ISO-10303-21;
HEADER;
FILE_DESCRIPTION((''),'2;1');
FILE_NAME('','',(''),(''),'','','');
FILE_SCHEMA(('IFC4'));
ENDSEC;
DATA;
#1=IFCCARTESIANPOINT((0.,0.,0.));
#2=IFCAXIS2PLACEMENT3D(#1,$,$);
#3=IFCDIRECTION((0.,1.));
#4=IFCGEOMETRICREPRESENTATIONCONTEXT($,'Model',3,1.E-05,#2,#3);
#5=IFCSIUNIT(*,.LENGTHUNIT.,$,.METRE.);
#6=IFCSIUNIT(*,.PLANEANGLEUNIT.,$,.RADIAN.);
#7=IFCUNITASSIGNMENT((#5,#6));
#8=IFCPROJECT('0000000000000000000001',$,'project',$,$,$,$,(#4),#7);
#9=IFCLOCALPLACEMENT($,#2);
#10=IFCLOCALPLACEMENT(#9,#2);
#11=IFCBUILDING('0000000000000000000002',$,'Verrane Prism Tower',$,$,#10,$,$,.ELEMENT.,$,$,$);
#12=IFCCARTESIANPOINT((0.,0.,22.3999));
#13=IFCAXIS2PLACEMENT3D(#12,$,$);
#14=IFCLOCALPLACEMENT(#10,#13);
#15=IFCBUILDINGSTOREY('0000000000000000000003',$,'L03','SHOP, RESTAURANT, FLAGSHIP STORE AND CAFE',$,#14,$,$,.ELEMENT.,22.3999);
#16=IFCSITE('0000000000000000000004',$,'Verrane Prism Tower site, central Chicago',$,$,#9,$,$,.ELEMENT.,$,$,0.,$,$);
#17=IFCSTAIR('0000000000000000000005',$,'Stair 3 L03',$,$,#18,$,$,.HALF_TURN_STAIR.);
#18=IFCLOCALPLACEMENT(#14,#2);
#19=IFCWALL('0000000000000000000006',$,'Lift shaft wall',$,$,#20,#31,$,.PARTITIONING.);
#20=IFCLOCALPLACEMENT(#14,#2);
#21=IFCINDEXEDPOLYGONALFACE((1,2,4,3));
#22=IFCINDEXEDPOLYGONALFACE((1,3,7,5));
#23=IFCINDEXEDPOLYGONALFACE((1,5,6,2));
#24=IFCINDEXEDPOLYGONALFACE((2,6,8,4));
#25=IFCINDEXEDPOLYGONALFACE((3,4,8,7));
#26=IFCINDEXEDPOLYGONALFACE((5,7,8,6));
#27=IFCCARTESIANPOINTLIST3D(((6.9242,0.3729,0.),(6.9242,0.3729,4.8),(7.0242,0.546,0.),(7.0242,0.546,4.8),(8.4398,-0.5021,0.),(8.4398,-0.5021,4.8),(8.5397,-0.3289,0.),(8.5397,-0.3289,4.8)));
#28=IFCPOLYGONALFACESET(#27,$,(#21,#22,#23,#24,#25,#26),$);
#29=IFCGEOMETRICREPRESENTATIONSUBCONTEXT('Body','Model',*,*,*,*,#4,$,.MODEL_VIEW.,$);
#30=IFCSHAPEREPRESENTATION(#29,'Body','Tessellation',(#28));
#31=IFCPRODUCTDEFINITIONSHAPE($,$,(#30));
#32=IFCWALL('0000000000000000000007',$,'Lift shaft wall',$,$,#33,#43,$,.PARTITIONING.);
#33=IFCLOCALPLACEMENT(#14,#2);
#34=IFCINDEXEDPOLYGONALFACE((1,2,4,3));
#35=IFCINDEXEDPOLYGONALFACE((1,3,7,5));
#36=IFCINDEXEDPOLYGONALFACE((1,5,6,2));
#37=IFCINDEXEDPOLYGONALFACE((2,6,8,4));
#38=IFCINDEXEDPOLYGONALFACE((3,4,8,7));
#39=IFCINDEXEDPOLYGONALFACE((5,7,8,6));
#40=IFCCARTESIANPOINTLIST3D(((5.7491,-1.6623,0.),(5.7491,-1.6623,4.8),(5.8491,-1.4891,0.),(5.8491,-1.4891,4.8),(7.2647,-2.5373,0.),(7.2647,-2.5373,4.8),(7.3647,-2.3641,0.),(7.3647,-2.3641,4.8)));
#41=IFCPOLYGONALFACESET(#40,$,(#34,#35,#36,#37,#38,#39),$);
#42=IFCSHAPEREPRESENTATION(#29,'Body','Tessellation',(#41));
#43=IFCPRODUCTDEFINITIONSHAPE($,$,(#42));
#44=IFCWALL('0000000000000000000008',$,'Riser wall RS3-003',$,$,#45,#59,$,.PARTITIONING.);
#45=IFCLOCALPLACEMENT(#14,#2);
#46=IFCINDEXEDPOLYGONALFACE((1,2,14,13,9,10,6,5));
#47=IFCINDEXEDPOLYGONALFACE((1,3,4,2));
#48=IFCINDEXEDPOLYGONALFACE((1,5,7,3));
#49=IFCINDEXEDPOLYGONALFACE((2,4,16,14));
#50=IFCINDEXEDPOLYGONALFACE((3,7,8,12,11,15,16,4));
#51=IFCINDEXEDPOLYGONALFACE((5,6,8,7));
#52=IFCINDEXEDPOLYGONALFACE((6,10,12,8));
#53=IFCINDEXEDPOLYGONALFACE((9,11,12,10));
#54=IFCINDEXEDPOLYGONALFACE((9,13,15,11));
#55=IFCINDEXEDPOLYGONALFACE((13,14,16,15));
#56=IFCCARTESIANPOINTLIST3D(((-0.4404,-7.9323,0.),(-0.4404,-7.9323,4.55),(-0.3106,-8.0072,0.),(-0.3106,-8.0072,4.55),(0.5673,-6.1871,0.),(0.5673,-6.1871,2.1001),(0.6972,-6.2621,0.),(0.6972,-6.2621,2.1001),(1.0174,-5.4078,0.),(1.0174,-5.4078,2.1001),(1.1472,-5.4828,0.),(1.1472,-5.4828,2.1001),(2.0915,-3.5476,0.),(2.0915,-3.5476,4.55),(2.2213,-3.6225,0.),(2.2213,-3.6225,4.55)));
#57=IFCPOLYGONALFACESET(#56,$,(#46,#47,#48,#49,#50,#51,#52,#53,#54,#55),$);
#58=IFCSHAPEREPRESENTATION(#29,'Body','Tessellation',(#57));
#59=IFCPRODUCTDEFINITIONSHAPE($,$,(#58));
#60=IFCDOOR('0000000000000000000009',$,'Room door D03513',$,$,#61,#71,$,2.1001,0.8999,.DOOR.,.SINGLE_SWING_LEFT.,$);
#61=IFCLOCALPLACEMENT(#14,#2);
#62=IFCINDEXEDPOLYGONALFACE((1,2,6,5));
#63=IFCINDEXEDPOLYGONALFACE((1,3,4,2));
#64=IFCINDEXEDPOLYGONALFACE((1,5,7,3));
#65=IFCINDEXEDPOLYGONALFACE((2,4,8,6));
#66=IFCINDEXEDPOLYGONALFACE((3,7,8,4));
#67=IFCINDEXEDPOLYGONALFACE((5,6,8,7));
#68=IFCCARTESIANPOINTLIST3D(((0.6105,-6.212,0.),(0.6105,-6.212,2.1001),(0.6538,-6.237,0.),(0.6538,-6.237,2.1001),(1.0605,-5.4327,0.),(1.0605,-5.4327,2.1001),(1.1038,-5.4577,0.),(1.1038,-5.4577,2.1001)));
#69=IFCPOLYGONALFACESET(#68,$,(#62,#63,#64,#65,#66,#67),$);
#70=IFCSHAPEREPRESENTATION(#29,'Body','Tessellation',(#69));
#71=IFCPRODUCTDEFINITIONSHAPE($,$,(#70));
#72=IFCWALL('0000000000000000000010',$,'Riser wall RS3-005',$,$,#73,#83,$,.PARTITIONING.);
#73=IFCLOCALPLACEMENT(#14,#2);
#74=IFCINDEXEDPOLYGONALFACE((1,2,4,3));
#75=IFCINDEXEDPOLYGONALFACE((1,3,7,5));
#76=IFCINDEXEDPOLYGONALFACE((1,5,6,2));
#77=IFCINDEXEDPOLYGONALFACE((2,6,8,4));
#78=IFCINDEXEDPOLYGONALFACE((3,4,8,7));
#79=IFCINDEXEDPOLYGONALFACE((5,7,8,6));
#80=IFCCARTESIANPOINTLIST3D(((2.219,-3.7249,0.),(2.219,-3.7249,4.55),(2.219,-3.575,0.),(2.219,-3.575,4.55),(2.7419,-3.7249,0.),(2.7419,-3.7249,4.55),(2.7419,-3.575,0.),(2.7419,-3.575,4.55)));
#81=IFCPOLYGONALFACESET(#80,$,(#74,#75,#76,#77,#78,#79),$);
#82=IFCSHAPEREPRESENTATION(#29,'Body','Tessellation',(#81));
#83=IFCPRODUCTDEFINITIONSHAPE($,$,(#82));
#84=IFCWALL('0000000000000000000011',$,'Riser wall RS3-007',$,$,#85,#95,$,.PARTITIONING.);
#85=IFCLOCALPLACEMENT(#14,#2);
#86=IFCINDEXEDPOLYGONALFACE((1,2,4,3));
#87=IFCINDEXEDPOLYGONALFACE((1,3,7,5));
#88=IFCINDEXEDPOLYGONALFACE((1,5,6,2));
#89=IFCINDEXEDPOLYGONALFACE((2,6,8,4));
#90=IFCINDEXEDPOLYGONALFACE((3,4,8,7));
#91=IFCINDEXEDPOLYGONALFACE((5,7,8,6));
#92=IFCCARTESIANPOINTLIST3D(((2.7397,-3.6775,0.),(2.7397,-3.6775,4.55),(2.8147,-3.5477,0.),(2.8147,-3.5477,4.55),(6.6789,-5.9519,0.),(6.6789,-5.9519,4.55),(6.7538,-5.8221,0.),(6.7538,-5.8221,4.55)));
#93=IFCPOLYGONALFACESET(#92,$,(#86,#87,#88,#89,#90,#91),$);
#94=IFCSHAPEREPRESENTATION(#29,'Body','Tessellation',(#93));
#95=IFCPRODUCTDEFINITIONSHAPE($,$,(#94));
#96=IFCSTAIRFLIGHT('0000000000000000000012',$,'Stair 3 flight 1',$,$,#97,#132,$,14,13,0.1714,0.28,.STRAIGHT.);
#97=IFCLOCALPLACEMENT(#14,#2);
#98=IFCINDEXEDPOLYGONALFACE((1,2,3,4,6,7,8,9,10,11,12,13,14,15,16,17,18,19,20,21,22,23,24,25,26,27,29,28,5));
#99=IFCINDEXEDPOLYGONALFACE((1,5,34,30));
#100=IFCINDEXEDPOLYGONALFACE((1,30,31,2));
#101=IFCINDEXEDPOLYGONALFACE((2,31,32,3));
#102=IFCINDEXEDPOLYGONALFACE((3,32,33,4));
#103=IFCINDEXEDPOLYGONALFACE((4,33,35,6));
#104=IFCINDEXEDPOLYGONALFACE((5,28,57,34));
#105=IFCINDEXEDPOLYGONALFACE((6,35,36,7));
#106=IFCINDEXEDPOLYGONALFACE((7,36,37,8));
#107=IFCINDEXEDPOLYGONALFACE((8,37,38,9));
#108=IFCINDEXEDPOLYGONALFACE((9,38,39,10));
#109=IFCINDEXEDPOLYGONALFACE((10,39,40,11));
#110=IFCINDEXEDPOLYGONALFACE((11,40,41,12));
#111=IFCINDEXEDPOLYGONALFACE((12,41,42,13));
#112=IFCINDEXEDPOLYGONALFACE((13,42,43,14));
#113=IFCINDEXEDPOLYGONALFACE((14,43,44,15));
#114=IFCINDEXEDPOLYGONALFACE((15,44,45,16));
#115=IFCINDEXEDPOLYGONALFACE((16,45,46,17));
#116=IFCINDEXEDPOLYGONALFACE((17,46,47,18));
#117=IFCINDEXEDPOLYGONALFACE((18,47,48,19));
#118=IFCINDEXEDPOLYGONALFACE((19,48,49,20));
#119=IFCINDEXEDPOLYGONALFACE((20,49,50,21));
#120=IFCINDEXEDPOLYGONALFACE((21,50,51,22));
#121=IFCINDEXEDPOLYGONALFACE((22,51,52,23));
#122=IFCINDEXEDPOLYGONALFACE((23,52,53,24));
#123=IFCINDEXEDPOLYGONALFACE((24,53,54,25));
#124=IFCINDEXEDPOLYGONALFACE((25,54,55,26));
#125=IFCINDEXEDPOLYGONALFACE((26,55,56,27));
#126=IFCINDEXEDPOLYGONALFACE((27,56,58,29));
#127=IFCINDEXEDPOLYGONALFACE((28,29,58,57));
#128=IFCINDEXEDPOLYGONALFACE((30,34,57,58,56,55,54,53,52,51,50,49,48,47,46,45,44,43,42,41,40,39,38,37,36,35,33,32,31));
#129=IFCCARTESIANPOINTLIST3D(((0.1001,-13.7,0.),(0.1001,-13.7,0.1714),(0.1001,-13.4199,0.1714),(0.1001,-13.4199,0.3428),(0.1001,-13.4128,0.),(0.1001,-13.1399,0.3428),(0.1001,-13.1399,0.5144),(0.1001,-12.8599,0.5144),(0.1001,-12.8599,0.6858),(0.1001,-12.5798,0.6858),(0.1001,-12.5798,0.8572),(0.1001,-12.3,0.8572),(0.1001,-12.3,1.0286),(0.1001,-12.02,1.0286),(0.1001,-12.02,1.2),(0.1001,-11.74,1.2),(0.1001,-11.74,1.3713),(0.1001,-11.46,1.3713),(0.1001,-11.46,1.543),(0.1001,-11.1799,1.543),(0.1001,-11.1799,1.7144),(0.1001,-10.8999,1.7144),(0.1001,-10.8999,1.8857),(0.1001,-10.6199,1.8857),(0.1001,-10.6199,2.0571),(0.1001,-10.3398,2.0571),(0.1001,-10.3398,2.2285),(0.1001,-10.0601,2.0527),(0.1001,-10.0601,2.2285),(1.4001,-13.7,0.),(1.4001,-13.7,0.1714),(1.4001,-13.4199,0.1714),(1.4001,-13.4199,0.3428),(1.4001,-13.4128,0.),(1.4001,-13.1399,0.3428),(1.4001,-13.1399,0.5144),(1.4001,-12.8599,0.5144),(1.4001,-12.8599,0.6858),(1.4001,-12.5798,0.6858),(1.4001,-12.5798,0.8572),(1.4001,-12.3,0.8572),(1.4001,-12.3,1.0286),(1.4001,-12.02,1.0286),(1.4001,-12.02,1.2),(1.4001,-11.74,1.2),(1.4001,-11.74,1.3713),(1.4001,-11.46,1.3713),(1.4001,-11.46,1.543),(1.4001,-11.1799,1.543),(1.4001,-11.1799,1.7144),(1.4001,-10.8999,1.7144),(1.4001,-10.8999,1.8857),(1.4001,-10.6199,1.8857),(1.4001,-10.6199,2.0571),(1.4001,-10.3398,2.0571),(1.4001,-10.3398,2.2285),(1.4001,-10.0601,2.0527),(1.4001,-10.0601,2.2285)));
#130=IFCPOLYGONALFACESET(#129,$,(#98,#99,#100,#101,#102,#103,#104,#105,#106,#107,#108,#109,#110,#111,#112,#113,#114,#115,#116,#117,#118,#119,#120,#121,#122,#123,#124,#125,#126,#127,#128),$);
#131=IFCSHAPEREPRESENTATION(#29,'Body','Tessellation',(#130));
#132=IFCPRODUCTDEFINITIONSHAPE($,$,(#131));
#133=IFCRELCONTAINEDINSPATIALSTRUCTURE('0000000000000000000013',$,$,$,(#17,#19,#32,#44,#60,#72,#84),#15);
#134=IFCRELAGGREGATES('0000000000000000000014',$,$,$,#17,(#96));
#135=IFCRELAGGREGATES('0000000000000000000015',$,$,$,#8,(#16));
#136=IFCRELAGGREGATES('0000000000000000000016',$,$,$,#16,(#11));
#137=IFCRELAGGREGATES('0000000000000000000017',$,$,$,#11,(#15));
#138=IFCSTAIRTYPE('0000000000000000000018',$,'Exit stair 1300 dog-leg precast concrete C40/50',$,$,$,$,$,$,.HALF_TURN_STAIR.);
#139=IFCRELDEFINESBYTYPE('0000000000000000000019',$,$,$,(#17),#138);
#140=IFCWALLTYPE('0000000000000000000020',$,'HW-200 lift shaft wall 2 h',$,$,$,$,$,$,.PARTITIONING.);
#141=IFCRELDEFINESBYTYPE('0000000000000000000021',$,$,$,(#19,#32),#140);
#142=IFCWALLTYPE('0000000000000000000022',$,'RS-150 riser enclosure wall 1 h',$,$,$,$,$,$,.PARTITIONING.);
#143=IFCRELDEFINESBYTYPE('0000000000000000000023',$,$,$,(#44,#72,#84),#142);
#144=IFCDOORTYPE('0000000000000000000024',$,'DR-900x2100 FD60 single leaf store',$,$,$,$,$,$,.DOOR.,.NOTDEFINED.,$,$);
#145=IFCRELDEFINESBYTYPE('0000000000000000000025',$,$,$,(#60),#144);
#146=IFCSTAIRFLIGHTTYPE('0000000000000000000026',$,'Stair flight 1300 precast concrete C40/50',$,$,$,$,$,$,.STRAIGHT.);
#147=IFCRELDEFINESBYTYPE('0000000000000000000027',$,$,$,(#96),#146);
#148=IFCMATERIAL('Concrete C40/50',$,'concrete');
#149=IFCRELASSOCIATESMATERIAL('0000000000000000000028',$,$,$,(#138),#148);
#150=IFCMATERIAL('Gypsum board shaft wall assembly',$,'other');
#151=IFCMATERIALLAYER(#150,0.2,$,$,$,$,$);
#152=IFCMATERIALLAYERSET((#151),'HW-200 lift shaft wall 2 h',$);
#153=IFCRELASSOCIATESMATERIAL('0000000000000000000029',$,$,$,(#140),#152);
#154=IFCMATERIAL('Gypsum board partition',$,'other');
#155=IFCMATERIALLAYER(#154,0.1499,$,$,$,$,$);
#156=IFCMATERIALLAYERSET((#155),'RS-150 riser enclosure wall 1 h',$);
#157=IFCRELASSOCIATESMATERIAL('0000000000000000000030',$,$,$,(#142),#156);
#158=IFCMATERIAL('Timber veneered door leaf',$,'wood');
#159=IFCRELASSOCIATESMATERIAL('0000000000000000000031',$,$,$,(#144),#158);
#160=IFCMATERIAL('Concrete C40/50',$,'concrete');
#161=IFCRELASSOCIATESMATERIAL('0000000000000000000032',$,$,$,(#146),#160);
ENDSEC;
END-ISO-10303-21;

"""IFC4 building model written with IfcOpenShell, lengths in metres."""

from ifc_helpers import new_model, si_unit, direction, frame, frame_2d, origin, place, context, subcontext, project, spatial, polyline, rectangle, outline, extrude, material, layer, layer_set, type_object, element, fill, aggregate, save


model = new_model("IFC4")

# Units and contexts
model_context = context("Model", 3, precision=1e-05, world=origin(), true_north=direction((0.0, 1.0)))
body_context = subcontext(model_context, "Body", "Model", "MODEL_VIEW")
ifc_project = project(units=[si_unit("LENGTHUNIT", "METRE"), si_unit("PLANEANGLEUNIT", "RADIAN")], contexts=[model_context])

# Site, building, storey
site_placement = place(None, origin())
site = spatial("IfcSite", under=ifc_project, at=site_placement, Name="Verrane Prism Tower site, central Chicago", CompositionType="ELEMENT", RefElevation=0.0)
building_placement = place(site_placement, origin())
building = spatial("IfcBuilding", under=site, at=building_placement, Name="Verrane Prism Tower", CompositionType="ELEMENT")
storey_placement = place(building_placement, frame((0.0, 0.0, 22.3999)))
storey = spatial("IfcBuildingStorey", under=building, at=storey_placement, Name="L03", Description="SHOP, RESTAURANT, FLAGSHIP STORE AND CAFE", CompositionType="ELEMENT", Elevation=22.3999)

# Stair
ifc_material_1 = material(Name="Concrete C40/50", Category="concrete")
stair_type = type_object("IfcStairType", Name="Exit stair 1300 dog-leg precast concrete C40/50", PredefinedType="HALF_TURN_STAIR", material=ifc_material_1)
stair_1_placement = place(storey_placement, origin())
stair_1 = element("IfcStair", 1, at=stair_1_placement, inside=storey, type_object=stair_type, Name="Stair 3 L03", PredefinedType="HALF_TURN_STAIR")

# Shared definitions
ifc_material_2 = material(Name="Gypsum board shaft wall assembly", Category="other")
ifc_layer_1 = layer(ifc_material_2, 0.2)
ifc_layer_set_1 = layer_set([ifc_layer_1], Name="HW-200 lift shaft wall 2 h")
wall_type_1 = type_object("IfcWallType", Name="HW-200 lift shaft wall 2 h", PredefinedType="PARTITIONING", material=ifc_layer_set_1)

# Walls
for number, where, z_axis, x_axis, name in (
    (2, (8.4897, -0.4155, 0.0), (0.0, 0.0, 1.0), (-0.866037, 0.49998, 0.0), "Lift shaft wall"),
    (3, (7.3147, -2.4507, 0.0), (0.0, 0.0, 1.0), (-0.866037, 0.49998, 0.0), "Lift shaft wall"),
):
    element("IfcWall", number, at=place(storey_placement, frame(where, z_axis=z_axis, x_axis=x_axis)), inside=storey, type_object=wall_type_1, Name=name, PredefinedType="PARTITIONING", context=body_context, shape_type="SweptSolid", body=[
        extrude(rectangle(XDim=1.75, YDim=0.2, at=frame_2d((0.875, 0.0))), origin(), (0.0, 0.0, 1.0), 4.8),
    ])

# Wall, opening, door
ifc_material_3 = material(Name="Gypsum board partition", Category="other")
ifc_layer_2 = layer(ifc_material_3, 0.1499)
ifc_layer_set_2 = layer_set([ifc_layer_2], Name="RS-150 riser enclosure wall 1 h")
wall_type_2 = type_object("IfcWallType", Name="RS-150 riser enclosure wall 1 h", PredefinedType="PARTITIONING", material=ifc_layer_set_2)
wall_1_placement = place(storey_placement, frame((2.1565, -3.585, 0.0), z_axis=(0.0, 0.0, 1.0), x_axis=(-0.500065, -0.865988, 0.0)))
wall_1 = element("IfcWall", 4, at=wall_1_placement, inside=storey, type_object=wall_type_2, Name="Riser wall RS3-003", PredefinedType="PARTITIONING", context=body_context, shape_type="SweptSolid", body=[
    extrude(rectangle(XDim=5.0632, YDim=0.1499, at=frame_2d((2.5317, 0.0))), origin(), (0.0, 0.0, 1.0), 4.55),
])
opening_1_placement = place(wall_1_placement, frame((2.1482, 0.0, 0.0)))
opening_1 = element("IfcOpeningElement", 5, at=opening_1_placement, cuts=wall_1, PredefinedType="OPENING", context=body_context, shape_type="SweptSolid", body=[
    extrude(rectangle(XDim=0.8999, YDim=2.1001, at=frame_2d((0.45, 1.05))), frame((0.0, 0.085, 0.0), z_axis=(0.0, -1.0, 0.0), x_axis=(1.0, 0.0, 0.0)), (0.0, 0.0, 1.0), 0.1699),
])
ifc_material_4 = material(Name="Timber veneered door leaf", Category="wood")
door_type_1 = type_object("IfcDoorType", Name="DR-900x2100 FD60 single leaf store", OperationType="NOTDEFINED", PredefinedType="DOOR", material=ifc_material_4)
door_1_placement = place(opening_1_placement, origin())
door_1 = element("IfcDoor", 6, at=door_1_placement, inside=storey, type_object=door_type_1, Name="Room door D03513", OperationType="SINGLE_SWING_LEFT", OverallHeight=2.1001, OverallWidth=0.8999, PredefinedType="DOOR", context=body_context, shape_type="SweptSolid", body=[
    extrude(rectangle(XDim=0.8999, YDim=2.1001, at=frame_2d((0.45, 1.05))), frame((0.0, 0.0249, 0.0), z_axis=(0.0, -1.0, 0.0), x_axis=(1.0, 0.0, 0.0)), (0.0, 0.0, 1.0), 0.05),
])
fill(opening_1, door_1)

# Walls
wall_2_placement = place(storey_placement, frame((2.219, -3.6499, 0.0), z_axis=(0.0, 0.0, 1.0), x_axis=(1.0, 0.0, 0.0)))
element("IfcWall", 7, at=wall_2_placement, inside=storey, type_object=wall_type_2, Name="Riser wall RS3-005", PredefinedType="PARTITIONING", context=body_context, shape_type="SweptSolid", body=[
    extrude(rectangle(XDim=0.5229, YDim=0.1499, at=frame_2d((0.2615, 0.0))), origin(), (0.0, 0.0, 1.0), 4.55),
])
wall_3_placement = place(storey_placement, frame((2.7771, -3.6125, 0.0), z_axis=(0.0, 0.0, 1.0), x_axis=(0.866015, -0.500018, 0.0)))
element("IfcWall", 8, at=wall_3_placement, inside=storey, type_object=wall_type_2, Name="Riser wall RS3-007", PredefinedType="PARTITIONING", context=body_context, shape_type="SweptSolid", body=[
    extrude(rectangle(XDim=4.5486, YDim=0.1499, at=frame_2d((2.2744, 0.0))), origin(), (0.0, 0.0, 1.0), 4.55),
])

# Stair flight
ifc_material_5 = material(Name="Concrete C40/50", Category="concrete")
stair_flight_type = type_object("IfcStairFlightType", Name="Stair flight 1300 precast concrete C40/50", PredefinedType="STRAIGHT", material=ifc_material_5)
stair_flight_placement = place(storey_placement, frame((0.75, -13.7, 0.0), z_axis=(0.0, 0.0, 1.0), x_axis=(0.0, 1.0, 0.0)))
stair_flight = element("IfcStairFlight", 9, at=stair_flight_placement, type_object=stair_flight_type, Name="Stair 3 flight 1", NumberOfRisers=14, NumberOfTreads=13, PredefinedType="STRAIGHT", RiserHeight=0.1714, TreadLength=0.28, context=body_context, shape_type="SweptSolid", body=[
    extrude(outline(polyline([(0.0, 0.0), (0.0, 0.1714), (0.28, 0.1714), (0.28, 0.3428), (0.5601, 0.3428), (0.5601, 0.5144), (0.8401, 0.5144), (0.8401, 0.6858), (1.1201, 0.6858), (1.1201, 0.8572), (1.3999, 0.8572), (1.3999, 1.0286), (1.6799, 1.0286), (1.6799, 1.2), (1.96, 1.2), (1.96, 1.3713), (2.24, 1.3713), (2.24, 1.543), (2.52, 1.543), (2.52, 1.7144), (2.8, 1.7144), (2.8, 1.8857), (3.0801, 1.8857), (3.0801, 2.0571), (3.3601, 2.0571), (3.3601, 2.2285), (3.6399, 2.2285), (3.6399, 2.3999), (3.6399, 2.0527), (0.2871, 0.0), (0.0, 0.0)])), frame((0.0, 0.6499, 0.0), z_axis=(0.0, -1.0, 0.0), x_axis=(1.0, 0.0, 0.0)), (0.0, 0.0, 1.0), 1.3),
])
aggregate(stair_1, [stair_flight])

save(model, "model.ifc")
